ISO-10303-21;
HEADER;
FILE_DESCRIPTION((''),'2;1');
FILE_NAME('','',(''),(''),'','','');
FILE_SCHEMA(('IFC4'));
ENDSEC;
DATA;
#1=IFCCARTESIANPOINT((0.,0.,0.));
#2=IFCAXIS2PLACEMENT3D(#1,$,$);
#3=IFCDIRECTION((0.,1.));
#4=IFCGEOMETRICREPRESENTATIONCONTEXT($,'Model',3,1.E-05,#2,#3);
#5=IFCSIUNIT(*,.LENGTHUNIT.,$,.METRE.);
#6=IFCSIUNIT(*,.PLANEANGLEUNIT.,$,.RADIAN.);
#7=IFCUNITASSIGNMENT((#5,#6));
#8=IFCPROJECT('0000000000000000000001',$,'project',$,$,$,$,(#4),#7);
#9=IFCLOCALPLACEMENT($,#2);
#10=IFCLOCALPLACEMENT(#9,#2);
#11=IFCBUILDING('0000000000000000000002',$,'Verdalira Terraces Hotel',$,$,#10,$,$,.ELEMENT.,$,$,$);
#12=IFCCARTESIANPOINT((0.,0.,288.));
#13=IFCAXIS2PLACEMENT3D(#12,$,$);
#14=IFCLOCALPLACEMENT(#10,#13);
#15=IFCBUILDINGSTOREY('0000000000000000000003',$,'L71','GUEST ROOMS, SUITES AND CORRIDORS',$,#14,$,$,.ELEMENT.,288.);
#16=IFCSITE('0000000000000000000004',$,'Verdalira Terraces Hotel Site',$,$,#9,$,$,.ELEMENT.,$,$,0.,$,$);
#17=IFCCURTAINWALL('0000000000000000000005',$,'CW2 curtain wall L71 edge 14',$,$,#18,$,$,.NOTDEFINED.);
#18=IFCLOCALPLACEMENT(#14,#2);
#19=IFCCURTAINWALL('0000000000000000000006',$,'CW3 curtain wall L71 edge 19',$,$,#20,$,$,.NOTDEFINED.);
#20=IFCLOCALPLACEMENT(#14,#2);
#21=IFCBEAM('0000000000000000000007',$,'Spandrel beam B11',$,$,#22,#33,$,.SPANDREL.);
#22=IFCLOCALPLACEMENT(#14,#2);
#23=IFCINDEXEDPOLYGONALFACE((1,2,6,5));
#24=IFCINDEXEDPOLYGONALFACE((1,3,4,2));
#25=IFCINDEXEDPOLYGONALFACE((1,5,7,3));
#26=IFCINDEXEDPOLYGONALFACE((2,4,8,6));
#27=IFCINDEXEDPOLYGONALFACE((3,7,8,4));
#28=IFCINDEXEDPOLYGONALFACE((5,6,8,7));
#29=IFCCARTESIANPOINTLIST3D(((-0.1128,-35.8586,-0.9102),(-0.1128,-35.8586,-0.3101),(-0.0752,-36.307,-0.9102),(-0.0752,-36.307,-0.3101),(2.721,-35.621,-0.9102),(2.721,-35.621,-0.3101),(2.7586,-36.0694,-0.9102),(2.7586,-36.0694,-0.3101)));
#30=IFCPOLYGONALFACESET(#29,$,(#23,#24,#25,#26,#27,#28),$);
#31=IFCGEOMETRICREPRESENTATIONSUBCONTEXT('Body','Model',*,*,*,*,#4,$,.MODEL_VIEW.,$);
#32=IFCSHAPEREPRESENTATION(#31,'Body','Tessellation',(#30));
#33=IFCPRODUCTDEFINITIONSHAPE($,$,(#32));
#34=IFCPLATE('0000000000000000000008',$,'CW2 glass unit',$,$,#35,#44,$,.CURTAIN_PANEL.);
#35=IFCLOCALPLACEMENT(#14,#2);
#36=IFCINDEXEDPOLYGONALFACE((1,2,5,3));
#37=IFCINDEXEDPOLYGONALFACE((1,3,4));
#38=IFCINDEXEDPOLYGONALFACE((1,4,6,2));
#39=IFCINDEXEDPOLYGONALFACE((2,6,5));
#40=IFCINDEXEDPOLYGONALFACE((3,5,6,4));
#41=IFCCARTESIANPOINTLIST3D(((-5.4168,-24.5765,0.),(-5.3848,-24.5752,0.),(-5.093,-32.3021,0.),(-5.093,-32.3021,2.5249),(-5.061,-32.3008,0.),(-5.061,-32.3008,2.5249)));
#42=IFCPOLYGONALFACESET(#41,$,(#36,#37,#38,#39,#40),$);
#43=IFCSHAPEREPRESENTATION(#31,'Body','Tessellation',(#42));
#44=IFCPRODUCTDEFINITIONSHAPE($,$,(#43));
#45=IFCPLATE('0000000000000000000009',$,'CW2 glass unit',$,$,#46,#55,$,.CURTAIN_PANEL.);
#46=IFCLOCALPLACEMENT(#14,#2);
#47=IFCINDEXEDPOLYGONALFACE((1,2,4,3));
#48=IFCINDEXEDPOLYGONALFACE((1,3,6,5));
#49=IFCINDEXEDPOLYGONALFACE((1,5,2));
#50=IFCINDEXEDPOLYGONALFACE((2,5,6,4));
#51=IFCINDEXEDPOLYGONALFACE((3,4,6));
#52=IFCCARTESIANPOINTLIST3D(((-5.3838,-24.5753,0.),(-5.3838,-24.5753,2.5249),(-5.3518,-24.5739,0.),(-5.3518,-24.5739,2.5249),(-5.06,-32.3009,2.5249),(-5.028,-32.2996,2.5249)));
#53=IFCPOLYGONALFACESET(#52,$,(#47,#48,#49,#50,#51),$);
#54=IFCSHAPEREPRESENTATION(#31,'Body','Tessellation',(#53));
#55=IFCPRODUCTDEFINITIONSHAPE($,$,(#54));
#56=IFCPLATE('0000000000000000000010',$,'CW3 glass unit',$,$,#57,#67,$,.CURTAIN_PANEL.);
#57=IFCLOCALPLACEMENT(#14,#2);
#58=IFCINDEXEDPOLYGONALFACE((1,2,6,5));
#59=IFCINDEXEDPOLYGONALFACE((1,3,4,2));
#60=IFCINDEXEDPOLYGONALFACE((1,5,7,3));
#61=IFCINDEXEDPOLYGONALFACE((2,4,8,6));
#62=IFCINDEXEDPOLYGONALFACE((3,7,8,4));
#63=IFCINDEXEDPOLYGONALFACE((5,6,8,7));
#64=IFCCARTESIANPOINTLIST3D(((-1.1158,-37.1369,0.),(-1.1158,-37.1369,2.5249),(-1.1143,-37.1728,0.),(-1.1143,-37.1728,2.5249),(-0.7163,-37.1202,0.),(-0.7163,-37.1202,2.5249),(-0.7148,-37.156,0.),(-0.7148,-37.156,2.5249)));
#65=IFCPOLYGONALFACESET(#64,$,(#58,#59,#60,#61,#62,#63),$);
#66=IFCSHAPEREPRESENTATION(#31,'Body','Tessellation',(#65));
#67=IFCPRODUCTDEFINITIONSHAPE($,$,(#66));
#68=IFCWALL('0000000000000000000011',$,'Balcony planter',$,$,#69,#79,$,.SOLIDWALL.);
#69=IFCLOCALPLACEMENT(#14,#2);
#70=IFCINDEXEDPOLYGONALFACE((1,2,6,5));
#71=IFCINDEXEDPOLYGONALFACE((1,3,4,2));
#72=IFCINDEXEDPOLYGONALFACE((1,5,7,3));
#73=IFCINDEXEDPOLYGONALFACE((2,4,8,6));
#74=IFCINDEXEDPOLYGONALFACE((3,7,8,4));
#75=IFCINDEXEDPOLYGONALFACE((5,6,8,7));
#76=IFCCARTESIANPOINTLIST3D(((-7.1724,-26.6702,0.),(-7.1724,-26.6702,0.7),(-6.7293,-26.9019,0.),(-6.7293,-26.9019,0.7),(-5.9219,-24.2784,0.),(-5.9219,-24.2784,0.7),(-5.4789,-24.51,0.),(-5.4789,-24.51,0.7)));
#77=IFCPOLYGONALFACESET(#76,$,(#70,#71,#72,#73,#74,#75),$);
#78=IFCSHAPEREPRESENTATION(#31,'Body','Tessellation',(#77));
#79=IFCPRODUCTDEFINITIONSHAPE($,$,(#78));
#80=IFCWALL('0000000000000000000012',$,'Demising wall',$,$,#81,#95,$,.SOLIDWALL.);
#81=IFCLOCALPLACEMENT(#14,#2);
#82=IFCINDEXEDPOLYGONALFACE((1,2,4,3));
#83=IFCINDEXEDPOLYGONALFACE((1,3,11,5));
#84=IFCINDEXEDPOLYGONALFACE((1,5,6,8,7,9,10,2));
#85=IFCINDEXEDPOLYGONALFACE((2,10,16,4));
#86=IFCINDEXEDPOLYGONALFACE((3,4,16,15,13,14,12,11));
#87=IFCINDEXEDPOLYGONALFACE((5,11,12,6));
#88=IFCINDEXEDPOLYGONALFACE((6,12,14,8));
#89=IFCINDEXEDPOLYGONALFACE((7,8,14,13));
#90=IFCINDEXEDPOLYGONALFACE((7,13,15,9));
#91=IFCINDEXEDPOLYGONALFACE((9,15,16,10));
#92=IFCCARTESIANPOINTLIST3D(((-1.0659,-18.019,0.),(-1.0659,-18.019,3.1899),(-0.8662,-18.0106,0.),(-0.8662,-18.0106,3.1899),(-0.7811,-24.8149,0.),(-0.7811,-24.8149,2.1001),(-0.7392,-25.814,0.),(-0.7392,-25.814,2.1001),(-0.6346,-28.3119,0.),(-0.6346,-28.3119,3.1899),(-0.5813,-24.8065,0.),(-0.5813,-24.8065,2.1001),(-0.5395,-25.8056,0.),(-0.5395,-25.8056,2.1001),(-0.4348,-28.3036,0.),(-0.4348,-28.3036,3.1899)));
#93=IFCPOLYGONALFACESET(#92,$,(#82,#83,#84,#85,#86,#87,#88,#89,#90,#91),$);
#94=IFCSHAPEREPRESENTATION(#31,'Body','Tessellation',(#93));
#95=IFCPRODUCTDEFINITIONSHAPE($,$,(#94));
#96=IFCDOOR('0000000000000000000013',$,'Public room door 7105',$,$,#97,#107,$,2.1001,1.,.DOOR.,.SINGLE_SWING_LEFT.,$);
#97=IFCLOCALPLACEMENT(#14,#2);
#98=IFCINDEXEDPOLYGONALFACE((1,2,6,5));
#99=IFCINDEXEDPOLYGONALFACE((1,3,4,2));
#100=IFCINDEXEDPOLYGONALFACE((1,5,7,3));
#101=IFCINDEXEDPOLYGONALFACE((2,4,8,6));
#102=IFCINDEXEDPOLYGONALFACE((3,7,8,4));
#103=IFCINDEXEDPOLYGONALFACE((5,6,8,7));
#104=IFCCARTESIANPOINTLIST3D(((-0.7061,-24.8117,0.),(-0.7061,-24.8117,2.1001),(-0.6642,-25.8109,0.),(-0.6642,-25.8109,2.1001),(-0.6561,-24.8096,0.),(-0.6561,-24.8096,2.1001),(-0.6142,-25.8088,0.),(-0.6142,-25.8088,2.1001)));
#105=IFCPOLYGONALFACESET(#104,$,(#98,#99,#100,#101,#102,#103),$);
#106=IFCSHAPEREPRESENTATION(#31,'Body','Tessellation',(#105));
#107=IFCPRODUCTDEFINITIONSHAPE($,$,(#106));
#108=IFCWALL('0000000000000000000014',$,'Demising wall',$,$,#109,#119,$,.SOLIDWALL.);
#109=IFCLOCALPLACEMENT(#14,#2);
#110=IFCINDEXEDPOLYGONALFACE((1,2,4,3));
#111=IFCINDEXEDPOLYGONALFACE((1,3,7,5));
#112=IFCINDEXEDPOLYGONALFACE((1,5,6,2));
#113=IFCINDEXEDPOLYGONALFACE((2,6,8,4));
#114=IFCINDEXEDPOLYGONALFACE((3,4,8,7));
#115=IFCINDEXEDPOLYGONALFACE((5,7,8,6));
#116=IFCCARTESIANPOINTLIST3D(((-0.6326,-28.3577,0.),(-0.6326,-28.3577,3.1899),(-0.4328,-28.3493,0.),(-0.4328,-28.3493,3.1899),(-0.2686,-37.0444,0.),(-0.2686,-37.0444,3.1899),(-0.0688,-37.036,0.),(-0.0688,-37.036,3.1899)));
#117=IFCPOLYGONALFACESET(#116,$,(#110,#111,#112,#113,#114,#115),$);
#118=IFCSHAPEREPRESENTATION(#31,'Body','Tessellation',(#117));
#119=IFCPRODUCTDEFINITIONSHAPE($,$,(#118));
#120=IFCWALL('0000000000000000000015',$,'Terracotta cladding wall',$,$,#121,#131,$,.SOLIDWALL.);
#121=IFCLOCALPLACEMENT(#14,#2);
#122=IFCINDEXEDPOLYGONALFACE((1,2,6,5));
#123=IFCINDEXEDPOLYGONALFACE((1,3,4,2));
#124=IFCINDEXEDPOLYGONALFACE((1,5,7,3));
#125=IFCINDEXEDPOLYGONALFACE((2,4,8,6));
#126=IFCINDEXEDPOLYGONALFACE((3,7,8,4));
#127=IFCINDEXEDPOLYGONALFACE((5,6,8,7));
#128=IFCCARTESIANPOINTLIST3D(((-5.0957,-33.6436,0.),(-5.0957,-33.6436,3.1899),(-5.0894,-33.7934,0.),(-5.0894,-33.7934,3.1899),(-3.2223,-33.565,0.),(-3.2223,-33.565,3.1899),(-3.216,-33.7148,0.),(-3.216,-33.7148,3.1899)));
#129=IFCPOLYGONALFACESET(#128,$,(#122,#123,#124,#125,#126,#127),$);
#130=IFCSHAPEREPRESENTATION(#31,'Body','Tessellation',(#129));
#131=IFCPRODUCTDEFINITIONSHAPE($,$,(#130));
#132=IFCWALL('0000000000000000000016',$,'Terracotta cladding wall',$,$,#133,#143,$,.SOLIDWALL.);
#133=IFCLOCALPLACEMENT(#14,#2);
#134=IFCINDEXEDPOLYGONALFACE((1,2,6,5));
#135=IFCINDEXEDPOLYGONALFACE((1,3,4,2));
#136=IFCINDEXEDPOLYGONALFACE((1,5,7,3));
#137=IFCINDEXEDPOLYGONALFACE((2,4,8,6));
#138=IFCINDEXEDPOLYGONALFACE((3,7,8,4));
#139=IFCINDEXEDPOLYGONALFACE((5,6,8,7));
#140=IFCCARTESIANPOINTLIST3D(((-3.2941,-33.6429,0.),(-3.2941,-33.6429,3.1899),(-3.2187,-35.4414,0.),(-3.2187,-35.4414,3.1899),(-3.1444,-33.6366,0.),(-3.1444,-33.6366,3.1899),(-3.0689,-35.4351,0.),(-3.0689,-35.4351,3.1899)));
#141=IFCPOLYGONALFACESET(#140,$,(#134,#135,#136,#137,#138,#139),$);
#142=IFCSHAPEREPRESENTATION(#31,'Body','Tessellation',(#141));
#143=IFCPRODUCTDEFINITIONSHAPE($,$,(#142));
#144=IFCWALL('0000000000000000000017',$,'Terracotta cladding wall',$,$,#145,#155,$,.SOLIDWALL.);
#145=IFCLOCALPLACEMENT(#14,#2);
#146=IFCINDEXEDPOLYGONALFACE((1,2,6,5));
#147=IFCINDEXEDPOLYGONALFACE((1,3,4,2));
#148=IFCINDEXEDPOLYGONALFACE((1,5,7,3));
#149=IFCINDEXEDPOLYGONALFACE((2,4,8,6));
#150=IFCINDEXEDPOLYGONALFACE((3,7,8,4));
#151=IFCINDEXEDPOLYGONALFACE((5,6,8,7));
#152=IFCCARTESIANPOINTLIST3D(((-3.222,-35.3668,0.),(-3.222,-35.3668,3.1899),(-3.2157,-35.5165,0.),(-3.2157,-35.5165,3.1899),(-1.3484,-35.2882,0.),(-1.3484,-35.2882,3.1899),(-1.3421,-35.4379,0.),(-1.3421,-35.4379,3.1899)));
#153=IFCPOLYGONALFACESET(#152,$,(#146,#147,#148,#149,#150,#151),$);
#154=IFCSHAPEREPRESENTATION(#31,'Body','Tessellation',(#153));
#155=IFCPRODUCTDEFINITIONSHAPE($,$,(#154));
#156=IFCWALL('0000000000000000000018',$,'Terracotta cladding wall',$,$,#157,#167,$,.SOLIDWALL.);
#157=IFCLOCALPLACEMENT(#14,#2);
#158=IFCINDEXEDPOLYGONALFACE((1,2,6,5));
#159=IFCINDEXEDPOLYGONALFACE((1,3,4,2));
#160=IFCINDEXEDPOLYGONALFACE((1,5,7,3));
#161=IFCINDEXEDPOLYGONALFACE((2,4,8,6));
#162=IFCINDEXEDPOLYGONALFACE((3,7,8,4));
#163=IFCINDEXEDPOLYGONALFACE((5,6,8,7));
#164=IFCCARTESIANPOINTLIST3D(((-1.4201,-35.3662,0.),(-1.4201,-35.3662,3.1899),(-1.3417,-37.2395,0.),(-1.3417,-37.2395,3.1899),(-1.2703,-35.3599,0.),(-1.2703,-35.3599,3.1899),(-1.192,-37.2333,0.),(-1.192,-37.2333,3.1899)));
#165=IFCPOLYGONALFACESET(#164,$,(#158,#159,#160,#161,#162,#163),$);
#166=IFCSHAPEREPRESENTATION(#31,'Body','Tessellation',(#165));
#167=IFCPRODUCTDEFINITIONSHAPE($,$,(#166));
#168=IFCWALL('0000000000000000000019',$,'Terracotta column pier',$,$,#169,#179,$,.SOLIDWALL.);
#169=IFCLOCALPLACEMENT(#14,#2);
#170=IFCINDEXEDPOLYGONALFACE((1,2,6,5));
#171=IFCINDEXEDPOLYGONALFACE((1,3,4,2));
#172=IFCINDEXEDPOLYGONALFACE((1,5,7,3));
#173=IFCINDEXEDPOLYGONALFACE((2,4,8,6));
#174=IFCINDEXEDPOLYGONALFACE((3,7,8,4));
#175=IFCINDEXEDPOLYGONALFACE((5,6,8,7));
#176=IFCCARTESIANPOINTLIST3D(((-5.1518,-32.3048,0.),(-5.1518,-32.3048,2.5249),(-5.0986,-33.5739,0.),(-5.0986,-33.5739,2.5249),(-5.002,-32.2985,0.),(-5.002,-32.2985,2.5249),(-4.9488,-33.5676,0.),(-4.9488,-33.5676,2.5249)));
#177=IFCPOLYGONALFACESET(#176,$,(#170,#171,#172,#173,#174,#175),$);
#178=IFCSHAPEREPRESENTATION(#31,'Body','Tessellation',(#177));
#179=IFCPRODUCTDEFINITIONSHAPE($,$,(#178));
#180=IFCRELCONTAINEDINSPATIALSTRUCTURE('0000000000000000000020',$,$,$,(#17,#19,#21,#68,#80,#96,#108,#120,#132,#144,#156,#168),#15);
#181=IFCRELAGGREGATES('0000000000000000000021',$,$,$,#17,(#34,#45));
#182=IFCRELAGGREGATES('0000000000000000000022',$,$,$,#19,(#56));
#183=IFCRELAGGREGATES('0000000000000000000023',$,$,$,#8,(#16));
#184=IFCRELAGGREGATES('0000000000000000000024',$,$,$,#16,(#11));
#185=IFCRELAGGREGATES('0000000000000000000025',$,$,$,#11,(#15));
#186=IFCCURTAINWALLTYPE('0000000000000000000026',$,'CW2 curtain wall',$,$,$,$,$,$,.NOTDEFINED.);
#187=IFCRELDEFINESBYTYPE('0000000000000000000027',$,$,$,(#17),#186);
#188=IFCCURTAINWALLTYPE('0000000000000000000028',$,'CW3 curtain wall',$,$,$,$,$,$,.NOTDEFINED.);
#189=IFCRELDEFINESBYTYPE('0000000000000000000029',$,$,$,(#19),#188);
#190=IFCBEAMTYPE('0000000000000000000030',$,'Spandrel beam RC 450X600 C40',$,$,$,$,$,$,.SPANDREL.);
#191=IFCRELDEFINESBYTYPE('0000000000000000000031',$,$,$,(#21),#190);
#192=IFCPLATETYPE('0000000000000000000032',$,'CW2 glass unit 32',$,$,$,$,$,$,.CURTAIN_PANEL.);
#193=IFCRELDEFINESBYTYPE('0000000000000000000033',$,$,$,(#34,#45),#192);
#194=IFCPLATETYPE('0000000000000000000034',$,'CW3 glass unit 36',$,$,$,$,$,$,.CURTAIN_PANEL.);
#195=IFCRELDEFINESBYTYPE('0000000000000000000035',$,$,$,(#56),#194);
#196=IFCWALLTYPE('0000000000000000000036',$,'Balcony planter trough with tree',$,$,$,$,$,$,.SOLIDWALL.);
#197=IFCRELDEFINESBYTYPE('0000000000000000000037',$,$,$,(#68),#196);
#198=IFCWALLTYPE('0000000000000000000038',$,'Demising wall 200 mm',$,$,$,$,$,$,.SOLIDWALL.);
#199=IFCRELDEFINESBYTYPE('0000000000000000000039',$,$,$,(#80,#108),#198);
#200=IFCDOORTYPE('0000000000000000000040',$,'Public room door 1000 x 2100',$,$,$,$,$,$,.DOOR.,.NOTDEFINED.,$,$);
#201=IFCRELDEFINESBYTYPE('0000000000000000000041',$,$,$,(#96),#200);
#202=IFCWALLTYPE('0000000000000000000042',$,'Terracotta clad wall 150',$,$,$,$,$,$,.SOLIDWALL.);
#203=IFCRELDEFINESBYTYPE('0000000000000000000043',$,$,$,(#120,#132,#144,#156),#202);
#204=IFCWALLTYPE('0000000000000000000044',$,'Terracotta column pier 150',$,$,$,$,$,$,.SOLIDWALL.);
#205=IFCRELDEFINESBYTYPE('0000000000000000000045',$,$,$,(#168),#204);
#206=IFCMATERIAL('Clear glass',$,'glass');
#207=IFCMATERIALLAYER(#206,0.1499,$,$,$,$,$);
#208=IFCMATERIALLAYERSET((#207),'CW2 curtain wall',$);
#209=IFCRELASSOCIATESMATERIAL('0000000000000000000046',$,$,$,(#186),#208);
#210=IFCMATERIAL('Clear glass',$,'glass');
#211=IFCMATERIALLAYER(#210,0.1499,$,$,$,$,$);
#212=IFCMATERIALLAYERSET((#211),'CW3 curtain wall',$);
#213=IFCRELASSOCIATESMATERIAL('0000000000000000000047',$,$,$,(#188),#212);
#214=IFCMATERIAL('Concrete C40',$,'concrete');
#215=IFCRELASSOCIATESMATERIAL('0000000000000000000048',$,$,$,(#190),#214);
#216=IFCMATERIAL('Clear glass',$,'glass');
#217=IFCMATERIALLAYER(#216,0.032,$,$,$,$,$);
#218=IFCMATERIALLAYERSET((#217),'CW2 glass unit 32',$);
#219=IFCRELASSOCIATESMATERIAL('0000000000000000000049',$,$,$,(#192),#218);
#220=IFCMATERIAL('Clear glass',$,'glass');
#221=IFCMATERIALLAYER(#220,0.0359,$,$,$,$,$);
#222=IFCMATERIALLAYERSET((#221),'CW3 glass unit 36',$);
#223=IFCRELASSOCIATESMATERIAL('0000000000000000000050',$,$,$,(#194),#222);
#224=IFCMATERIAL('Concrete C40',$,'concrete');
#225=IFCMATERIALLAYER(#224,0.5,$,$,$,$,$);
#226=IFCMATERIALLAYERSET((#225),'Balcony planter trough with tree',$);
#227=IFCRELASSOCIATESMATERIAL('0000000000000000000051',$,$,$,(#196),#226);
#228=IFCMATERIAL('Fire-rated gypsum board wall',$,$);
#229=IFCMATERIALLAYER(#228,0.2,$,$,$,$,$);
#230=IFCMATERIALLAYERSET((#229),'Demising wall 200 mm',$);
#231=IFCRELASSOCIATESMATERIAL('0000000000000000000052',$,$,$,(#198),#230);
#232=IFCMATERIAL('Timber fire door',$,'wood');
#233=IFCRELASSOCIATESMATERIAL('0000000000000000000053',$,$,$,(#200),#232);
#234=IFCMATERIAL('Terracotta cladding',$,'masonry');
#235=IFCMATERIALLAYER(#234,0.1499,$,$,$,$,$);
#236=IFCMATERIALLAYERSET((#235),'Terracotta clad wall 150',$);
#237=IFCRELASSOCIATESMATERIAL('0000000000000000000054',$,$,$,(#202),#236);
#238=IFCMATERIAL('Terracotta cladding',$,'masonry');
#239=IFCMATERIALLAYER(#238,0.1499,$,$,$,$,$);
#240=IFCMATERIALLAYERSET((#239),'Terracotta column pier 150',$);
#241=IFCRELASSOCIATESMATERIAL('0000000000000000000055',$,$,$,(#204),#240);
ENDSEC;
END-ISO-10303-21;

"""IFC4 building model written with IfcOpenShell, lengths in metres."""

from ifc_helpers import new_model, si_unit, direction, frame, frame_2d, origin, origin_2d, place, context, subcontext, project, spatial, polyline, rectangle, outline, extrude, material, layer, layer_set, material_profile, profile_set, type_object, element, fill, aggregate, save


model = new_model("IFC4")

# Units and contexts
model_context = context("Model", 3, precision=1e-05, world=origin(), true_north=direction((0.0, 1.0)))
body_context = subcontext(model_context, "Body", "Model", "MODEL_VIEW")
ifc_project = project(units=[si_unit("LENGTHUNIT", "METRE"), si_unit("PLANEANGLEUNIT", "RADIAN")], contexts=[model_context])

# Site, building, storey
site_placement = place(None, origin())
site = spatial("IfcSite", under=ifc_project, at=site_placement, Name="Verdalira Terraces Hotel Site", CompositionType="ELEMENT", RefElevation=0.0)
building_placement = place(site_placement, origin())
building = spatial("IfcBuilding", under=site, at=building_placement, Name="Verdalira Terraces Hotel", CompositionType="ELEMENT")
storey_placement = place(building_placement, frame((0.0, 0.0, 288.0)))
storey = spatial("IfcBuildingStorey", under=building, at=storey_placement, Name="L71", Description="GUEST ROOMS, SUITES AND CORRIDORS", CompositionType="ELEMENT", Elevation=288.0)

# Curtain walls
ifc_material_1 = material(Name="Clear glass", Category="glass")
ifc_layer_1 = layer(ifc_material_1, 0.1499)
ifc_layer_set_1 = layer_set([ifc_layer_1], Name="CW2 curtain wall")
curtain_wall_type_1 = type_object("IfcCurtainWallType", Name="CW2 curtain wall", PredefinedType="NOTDEFINED", material=ifc_layer_set_1)
curtain_wall_1_placement = place(storey_placement, origin())
curtain_wall_1 = element("IfcCurtainWall", 1, at=curtain_wall_1_placement, inside=storey, type_object=curtain_wall_type_1, Name="CW2 curtain wall L71 edge 14", PredefinedType="NOTDEFINED")
ifc_material_2 = material(Name="Clear glass", Category="glass")
ifc_layer_2 = layer(ifc_material_2, 0.1499)
ifc_layer_set_2 = layer_set([ifc_layer_2], Name="CW3 curtain wall")
curtain_wall_type_2 = type_object("IfcCurtainWallType", Name="CW3 curtain wall", PredefinedType="NOTDEFINED", material=ifc_layer_set_2)
curtain_wall_2_placement = place(storey_placement, origin())
curtain_wall_2 = element("IfcCurtainWall", 2, at=curtain_wall_2_placement, inside=storey, type_object=curtain_wall_type_2, Name="CW3 curtain wall L71 edge 19", PredefinedType="NOTDEFINED")

# Beam
ifc_material_3 = material(Name="Concrete C40", Category="concrete")
ifc_material_profile_1 = material_profile(ifc_material_3, rectangle(XDim=0.45, YDim=0.6001, at=origin_2d()), Name="RC 450X600")
ifc_profile_set_1 = profile_set([ifc_material_profile_1], Name="Concrete C40")
beam_type = type_object("IfcBeamType", Name="Spandrel beam RC 450X600 C40", PredefinedType="SPANDREL", material=ifc_profile_set_1)
beam_1_placement = place(storey_placement, frame((-0.094, -36.0828, -0.6101), z_axis=(0.996505, 0.083536, 0.0), x_axis=(-0.083536, 0.996505, 0.0)))
element("IfcBeam", 3, at=beam_1_placement, inside=storey, type_object=beam_type, Name="Spandrel beam B11", PredefinedType="SPANDREL", context=body_context, shape_type="SweptSolid", body=[
    extrude(rectangle(XDim=0.45, YDim=0.6001, at=origin_2d()), origin(), (0.0, 0.0, 1.0), 2.8438),
])

# Plates
ifc_material_4 = material(Name="Clear glass", Category="glass")
ifc_layer_3 = layer(ifc_material_4, 0.032)
ifc_layer_set_3 = layer_set([ifc_layer_3], Name="CW2 glass unit 32")
plate_type_1 = type_object("IfcPlateType", Name="CW2 glass unit 32", PredefinedType="CURTAIN_PANEL", material=ifc_layer_set_3)
plate_1_placement = place(storey_placement, frame((-5.2229, -28.438, 1.2625), z_axis=(-0.999123, -0.041876, 0.0), x_axis=(0.041876, -0.999123, 0.0)))
plate_1 = element("IfcPlate", 4, at=plate_1_placement, type_object=plate_type_1, Name="CW2 glass unit", PredefinedType="CURTAIN_PANEL", context=body_context, shape_type="SweptSolid", body=[
    extrude(outline(polyline([(-3.8662, -1.2625), (3.8662, -1.2625), (3.8662, 1.2625), (-3.8662, -1.2625)])), origin(), (0.0, 0.0, 1.0), 0.032),
])
plate_2_placement = place(storey_placement, frame((-5.1899, -28.4368, 1.2625), z_axis=(-0.999123, -0.041876, 0.0), x_axis=(0.041876, -0.999123, 0.0)))
plate_2 = element("IfcPlate", 5, at=plate_2_placement, type_object=plate_type_1, Name="CW2 glass unit", PredefinedType="CURTAIN_PANEL", context=body_context, shape_type="SweptSolid", body=[
    extrude(outline(polyline([(-3.8662, -1.2625), (3.8662, 1.2625), (-3.8662, 1.2625), (-3.8662, -1.2625)])), origin(), (0.0, 0.0, 1.0), 0.032),
])
aggregate(curtain_wall_1, [plate_1, plate_2])
ifc_material_5 = material(Name="Clear glass", Category="glass")
ifc_layer_4 = layer(ifc_material_5, 0.0359)
ifc_layer_set_4 = layer_set([ifc_layer_4], Name="CW3 glass unit 36")
plate_type_2 = type_object("IfcPlateType", Name="CW3 glass unit 36", PredefinedType="CURTAIN_PANEL", material=ifc_layer_set_4)
plate_3_placement = place(storey_placement, frame((-0.9153, -37.1465, 0.0), z_axis=(0.0, 0.0, 1.0), x_axis=(0.999123, 0.041876, 0.0)))
plate_3 = element("IfcPlate", 6, at=plate_3_placement, type_object=plate_type_2, Name="CW3 glass unit", PredefinedType="CURTAIN_PANEL", context=body_context, shape_type="SweptSolid", body=[
    extrude(rectangle(XDim=0.3999, YDim=0.0359, at=origin_2d()), origin(), (0.0, 0.0, 1.0), 2.5249),
])
aggregate(curtain_wall_2, [plate_3])

# Wall
ifc_material_6 = material(Name="Concrete C40", Category="concrete")
ifc_layer_5 = layer(ifc_material_6, 0.5)
ifc_layer_set_5 = layer_set([ifc_layer_5], Name="Balcony planter trough with tree")
wall_type_1 = type_object("IfcWallType", Name="Balcony planter trough with tree", PredefinedType="SOLIDWALL", material=ifc_layer_set_5)
wall_1_placement = place(storey_placement, frame((-6.9509, -26.7861, 0.0), z_axis=(0.0, 0.0, 1.0), x_axis=(0.463314, 0.886194, 0.0)))
element("IfcWall", 7, at=wall_1_placement, inside=storey, type_object=wall_type_1, Name="Balcony planter", PredefinedType="SOLIDWALL", context=body_context, shape_type="SweptSolid", body=[
    extrude(rectangle(XDim=2.699, YDim=0.5, at=frame_2d((1.3496, 0.0))), origin(), (0.0, 0.0, 1.0), 0.7),
])

# Wall, opening, door
ifc_material_7 = material(Name="Fire-rated gypsum board wall")
ifc_layer_6 = layer(ifc_material_7, 0.2)
ifc_layer_set_6 = layer_set([ifc_layer_6], Name="Demising wall 200 mm")
wall_type_2 = type_object("IfcWallType", Name="Demising wall 200 mm", PredefinedType="SOLIDWALL", material=ifc_layer_set_6)
wall_2_placement = place(storey_placement, frame((-0.5347, -28.3076, 0.0), z_axis=(0.0, 0.0, 1.0), x_axis=(-0.041875, 0.999123, 0.0)))
wall_2 = element("IfcWall", 8, at=wall_2_placement, inside=storey, type_object=wall_type_2, Name="Demising wall", PredefinedType="SOLIDWALL", context=body_context, shape_type="SweptSolid", body=[
    extrude(rectangle(XDim=10.302, YDim=0.2, at=frame_2d((5.1509, 0.0))), origin(), (0.0, 0.0, 1.0), 3.1899),
])
opening_placement = place(wall_2_placement, frame((2.5, 0.0, 0.0)))
opening = element("IfcOpeningElement", 9, at=opening_placement, cuts=wall_2, PredefinedType="OPENING", context=body_context, shape_type="SweptSolid", body=[
    extrude(rectangle(XDim=1.0, YDim=2.1001, at=frame_2d((0.5, 1.05))), frame((0.0, 0.1099, 0.0), z_axis=(0.0, -1.0, 0.0), x_axis=(1.0, 0.0, 0.0)), (0.0, 0.0, 1.0), 0.22),
])
ifc_material_8 = material(Name="Timber fire door", Category="wood")
door_type = type_object("IfcDoorType", Name="Public room door 1000 x 2100", OperationType="NOTDEFINED", PredefinedType="DOOR", material=ifc_material_8)
door_placement = place(opening_placement, origin())
door = element("IfcDoor", 10, at=door_placement, inside=storey, type_object=door_type, Name="Public room door 7105", OperationType="SINGLE_SWING_LEFT", OverallHeight=2.1001, OverallWidth=1.0, PredefinedType="DOOR", context=body_context, shape_type="SweptSolid", body=[
    extrude(rectangle(XDim=1.0, YDim=2.1001, at=frame_2d((0.5, 1.05))), frame((0.0, 0.0249, 0.0), z_axis=(0.0, -1.0, 0.0), x_axis=(1.0, 0.0, 0.0)), (0.0, 0.0, 1.0), 0.05),
])
fill(opening, door)

# Walls
wall_3_placement = place(storey_placement, frame((-0.5327, -28.3535, 0.0), z_axis=(0.0, 0.0, 1.0), x_axis=(0.041868, -0.999123, 0.0)))
element("IfcWall", 11, at=wall_3_placement, inside=storey, type_object=wall_type_2, Name="Demising wall", PredefinedType="SOLIDWALL", context=body_context, shape_type="SweptSolid", body=[
    extrude(rectangle(XDim=8.6943, YDim=0.2, at=frame_2d((4.3472, 0.0))), origin(), (0.0, 0.0, 1.0), 3.1899),
])
ifc_material_9 = material(Name="Terracotta cladding", Category="masonry")
ifc_layer_7 = layer(ifc_material_9, 0.1499)
ifc_layer_set_7 = layer_set([ifc_layer_7], Name="Terracotta clad wall 150")
wall_type_3 = type_object("IfcWallType", Name="Terracotta clad wall 150", PredefinedType="SOLIDWALL", material=ifc_layer_set_7)
wall_4_placement = place(storey_placement, frame((-5.0925, -33.7185, 0.0), z_axis=(0.0, 0.0, 1.0), x_axis=(0.999121, 0.041928, 0.0)))
element("IfcWall", 12, at=wall_4_placement, inside=storey, type_object=wall_type_3, Name="Terracotta cladding wall", PredefinedType="SOLIDWALL", context=body_context, shape_type="SweptSolid", body=[
    extrude(rectangle(XDim=1.875, YDim=0.1499, at=frame_2d((0.9375, 0.0))), origin(), (0.0, 0.0, 1.0), 3.1899),
])
wall_5_placement = place(storey_placement, frame((-3.2192, -33.6399, 0.0), z_axis=(0.0, 0.0, 1.0), x_axis=(0.041907, -0.999122, 0.0)))
element("IfcWall", 13, at=wall_5_placement, inside=storey, type_object=wall_type_3, Name="Terracotta cladding wall", PredefinedType="SOLIDWALL", context=body_context, shape_type="SweptSolid", body=[
    extrude(rectangle(XDim=1.8, YDim=0.1499, at=frame_2d((0.8999, 0.0))), origin(), (0.0, 0.0, 1.0), 3.1899),
])
wall_6_placement = place(storey_placement, frame((-3.2188, -35.4417, 0.0), z_axis=(0.0, 0.0, 1.0), x_axis=(0.999121, 0.041923, 0.0)))
element("IfcWall", 14, at=wall_6_placement, inside=storey, type_object=wall_type_3, Name="Terracotta cladding wall", PredefinedType="SOLIDWALL", context=body_context, shape_type="SweptSolid", body=[
    extrude(rectangle(XDim=1.8752, YDim=0.1499, at=frame_2d((0.9375, 0.0))), origin(), (0.0, 0.0, 1.0), 3.1899),
])
wall_7_placement = place(storey_placement, frame((-1.3452, -35.363, 0.0), z_axis=(0.0, 0.0, 1.0), x_axis=(0.041798, -0.999126, 0.0)))
element("IfcWall", 15, at=wall_7_placement, inside=storey, type_object=wall_type_3, Name="Terracotta cladding wall", PredefinedType="SOLIDWALL", context=body_context, shape_type="SweptSolid", body=[
    extrude(rectangle(XDim=1.875, YDim=0.1499, at=frame_2d((0.9375, 0.0))), origin(), (0.0, 0.0, 1.0), 3.1899),
])
ifc_material_10 = material(Name="Terracotta cladding", Category="masonry")
ifc_layer_8 = layer(ifc_material_10, 0.1499)
ifc_layer_set_8 = layer_set([ifc_layer_8], Name="Terracotta column pier 150")
wall_type_4 = type_object("IfcWallType", Name="Terracotta column pier 150", PredefinedType="SOLIDWALL", material=ifc_layer_set_8)
wall_8_placement = place(storey_placement, frame((-5.0769, -32.3015, 0.0), z_axis=(0.0, 0.0, 1.0), x_axis=(0.041902, -0.999122, 0.0)))
element("IfcWall", 16, at=wall_8_placement, inside=storey, type_object=wall_type_4, Name="Terracotta column pier", PredefinedType="SOLIDWALL", context=body_context, shape_type="SweptSolid", body=[
    extrude(rectangle(XDim=1.2703, YDim=0.1499, at=frame_2d((0.6353, 0.0))), origin(), (0.0, 0.0, 1.0), 2.5249),
])

save(model, "model.ifc")
